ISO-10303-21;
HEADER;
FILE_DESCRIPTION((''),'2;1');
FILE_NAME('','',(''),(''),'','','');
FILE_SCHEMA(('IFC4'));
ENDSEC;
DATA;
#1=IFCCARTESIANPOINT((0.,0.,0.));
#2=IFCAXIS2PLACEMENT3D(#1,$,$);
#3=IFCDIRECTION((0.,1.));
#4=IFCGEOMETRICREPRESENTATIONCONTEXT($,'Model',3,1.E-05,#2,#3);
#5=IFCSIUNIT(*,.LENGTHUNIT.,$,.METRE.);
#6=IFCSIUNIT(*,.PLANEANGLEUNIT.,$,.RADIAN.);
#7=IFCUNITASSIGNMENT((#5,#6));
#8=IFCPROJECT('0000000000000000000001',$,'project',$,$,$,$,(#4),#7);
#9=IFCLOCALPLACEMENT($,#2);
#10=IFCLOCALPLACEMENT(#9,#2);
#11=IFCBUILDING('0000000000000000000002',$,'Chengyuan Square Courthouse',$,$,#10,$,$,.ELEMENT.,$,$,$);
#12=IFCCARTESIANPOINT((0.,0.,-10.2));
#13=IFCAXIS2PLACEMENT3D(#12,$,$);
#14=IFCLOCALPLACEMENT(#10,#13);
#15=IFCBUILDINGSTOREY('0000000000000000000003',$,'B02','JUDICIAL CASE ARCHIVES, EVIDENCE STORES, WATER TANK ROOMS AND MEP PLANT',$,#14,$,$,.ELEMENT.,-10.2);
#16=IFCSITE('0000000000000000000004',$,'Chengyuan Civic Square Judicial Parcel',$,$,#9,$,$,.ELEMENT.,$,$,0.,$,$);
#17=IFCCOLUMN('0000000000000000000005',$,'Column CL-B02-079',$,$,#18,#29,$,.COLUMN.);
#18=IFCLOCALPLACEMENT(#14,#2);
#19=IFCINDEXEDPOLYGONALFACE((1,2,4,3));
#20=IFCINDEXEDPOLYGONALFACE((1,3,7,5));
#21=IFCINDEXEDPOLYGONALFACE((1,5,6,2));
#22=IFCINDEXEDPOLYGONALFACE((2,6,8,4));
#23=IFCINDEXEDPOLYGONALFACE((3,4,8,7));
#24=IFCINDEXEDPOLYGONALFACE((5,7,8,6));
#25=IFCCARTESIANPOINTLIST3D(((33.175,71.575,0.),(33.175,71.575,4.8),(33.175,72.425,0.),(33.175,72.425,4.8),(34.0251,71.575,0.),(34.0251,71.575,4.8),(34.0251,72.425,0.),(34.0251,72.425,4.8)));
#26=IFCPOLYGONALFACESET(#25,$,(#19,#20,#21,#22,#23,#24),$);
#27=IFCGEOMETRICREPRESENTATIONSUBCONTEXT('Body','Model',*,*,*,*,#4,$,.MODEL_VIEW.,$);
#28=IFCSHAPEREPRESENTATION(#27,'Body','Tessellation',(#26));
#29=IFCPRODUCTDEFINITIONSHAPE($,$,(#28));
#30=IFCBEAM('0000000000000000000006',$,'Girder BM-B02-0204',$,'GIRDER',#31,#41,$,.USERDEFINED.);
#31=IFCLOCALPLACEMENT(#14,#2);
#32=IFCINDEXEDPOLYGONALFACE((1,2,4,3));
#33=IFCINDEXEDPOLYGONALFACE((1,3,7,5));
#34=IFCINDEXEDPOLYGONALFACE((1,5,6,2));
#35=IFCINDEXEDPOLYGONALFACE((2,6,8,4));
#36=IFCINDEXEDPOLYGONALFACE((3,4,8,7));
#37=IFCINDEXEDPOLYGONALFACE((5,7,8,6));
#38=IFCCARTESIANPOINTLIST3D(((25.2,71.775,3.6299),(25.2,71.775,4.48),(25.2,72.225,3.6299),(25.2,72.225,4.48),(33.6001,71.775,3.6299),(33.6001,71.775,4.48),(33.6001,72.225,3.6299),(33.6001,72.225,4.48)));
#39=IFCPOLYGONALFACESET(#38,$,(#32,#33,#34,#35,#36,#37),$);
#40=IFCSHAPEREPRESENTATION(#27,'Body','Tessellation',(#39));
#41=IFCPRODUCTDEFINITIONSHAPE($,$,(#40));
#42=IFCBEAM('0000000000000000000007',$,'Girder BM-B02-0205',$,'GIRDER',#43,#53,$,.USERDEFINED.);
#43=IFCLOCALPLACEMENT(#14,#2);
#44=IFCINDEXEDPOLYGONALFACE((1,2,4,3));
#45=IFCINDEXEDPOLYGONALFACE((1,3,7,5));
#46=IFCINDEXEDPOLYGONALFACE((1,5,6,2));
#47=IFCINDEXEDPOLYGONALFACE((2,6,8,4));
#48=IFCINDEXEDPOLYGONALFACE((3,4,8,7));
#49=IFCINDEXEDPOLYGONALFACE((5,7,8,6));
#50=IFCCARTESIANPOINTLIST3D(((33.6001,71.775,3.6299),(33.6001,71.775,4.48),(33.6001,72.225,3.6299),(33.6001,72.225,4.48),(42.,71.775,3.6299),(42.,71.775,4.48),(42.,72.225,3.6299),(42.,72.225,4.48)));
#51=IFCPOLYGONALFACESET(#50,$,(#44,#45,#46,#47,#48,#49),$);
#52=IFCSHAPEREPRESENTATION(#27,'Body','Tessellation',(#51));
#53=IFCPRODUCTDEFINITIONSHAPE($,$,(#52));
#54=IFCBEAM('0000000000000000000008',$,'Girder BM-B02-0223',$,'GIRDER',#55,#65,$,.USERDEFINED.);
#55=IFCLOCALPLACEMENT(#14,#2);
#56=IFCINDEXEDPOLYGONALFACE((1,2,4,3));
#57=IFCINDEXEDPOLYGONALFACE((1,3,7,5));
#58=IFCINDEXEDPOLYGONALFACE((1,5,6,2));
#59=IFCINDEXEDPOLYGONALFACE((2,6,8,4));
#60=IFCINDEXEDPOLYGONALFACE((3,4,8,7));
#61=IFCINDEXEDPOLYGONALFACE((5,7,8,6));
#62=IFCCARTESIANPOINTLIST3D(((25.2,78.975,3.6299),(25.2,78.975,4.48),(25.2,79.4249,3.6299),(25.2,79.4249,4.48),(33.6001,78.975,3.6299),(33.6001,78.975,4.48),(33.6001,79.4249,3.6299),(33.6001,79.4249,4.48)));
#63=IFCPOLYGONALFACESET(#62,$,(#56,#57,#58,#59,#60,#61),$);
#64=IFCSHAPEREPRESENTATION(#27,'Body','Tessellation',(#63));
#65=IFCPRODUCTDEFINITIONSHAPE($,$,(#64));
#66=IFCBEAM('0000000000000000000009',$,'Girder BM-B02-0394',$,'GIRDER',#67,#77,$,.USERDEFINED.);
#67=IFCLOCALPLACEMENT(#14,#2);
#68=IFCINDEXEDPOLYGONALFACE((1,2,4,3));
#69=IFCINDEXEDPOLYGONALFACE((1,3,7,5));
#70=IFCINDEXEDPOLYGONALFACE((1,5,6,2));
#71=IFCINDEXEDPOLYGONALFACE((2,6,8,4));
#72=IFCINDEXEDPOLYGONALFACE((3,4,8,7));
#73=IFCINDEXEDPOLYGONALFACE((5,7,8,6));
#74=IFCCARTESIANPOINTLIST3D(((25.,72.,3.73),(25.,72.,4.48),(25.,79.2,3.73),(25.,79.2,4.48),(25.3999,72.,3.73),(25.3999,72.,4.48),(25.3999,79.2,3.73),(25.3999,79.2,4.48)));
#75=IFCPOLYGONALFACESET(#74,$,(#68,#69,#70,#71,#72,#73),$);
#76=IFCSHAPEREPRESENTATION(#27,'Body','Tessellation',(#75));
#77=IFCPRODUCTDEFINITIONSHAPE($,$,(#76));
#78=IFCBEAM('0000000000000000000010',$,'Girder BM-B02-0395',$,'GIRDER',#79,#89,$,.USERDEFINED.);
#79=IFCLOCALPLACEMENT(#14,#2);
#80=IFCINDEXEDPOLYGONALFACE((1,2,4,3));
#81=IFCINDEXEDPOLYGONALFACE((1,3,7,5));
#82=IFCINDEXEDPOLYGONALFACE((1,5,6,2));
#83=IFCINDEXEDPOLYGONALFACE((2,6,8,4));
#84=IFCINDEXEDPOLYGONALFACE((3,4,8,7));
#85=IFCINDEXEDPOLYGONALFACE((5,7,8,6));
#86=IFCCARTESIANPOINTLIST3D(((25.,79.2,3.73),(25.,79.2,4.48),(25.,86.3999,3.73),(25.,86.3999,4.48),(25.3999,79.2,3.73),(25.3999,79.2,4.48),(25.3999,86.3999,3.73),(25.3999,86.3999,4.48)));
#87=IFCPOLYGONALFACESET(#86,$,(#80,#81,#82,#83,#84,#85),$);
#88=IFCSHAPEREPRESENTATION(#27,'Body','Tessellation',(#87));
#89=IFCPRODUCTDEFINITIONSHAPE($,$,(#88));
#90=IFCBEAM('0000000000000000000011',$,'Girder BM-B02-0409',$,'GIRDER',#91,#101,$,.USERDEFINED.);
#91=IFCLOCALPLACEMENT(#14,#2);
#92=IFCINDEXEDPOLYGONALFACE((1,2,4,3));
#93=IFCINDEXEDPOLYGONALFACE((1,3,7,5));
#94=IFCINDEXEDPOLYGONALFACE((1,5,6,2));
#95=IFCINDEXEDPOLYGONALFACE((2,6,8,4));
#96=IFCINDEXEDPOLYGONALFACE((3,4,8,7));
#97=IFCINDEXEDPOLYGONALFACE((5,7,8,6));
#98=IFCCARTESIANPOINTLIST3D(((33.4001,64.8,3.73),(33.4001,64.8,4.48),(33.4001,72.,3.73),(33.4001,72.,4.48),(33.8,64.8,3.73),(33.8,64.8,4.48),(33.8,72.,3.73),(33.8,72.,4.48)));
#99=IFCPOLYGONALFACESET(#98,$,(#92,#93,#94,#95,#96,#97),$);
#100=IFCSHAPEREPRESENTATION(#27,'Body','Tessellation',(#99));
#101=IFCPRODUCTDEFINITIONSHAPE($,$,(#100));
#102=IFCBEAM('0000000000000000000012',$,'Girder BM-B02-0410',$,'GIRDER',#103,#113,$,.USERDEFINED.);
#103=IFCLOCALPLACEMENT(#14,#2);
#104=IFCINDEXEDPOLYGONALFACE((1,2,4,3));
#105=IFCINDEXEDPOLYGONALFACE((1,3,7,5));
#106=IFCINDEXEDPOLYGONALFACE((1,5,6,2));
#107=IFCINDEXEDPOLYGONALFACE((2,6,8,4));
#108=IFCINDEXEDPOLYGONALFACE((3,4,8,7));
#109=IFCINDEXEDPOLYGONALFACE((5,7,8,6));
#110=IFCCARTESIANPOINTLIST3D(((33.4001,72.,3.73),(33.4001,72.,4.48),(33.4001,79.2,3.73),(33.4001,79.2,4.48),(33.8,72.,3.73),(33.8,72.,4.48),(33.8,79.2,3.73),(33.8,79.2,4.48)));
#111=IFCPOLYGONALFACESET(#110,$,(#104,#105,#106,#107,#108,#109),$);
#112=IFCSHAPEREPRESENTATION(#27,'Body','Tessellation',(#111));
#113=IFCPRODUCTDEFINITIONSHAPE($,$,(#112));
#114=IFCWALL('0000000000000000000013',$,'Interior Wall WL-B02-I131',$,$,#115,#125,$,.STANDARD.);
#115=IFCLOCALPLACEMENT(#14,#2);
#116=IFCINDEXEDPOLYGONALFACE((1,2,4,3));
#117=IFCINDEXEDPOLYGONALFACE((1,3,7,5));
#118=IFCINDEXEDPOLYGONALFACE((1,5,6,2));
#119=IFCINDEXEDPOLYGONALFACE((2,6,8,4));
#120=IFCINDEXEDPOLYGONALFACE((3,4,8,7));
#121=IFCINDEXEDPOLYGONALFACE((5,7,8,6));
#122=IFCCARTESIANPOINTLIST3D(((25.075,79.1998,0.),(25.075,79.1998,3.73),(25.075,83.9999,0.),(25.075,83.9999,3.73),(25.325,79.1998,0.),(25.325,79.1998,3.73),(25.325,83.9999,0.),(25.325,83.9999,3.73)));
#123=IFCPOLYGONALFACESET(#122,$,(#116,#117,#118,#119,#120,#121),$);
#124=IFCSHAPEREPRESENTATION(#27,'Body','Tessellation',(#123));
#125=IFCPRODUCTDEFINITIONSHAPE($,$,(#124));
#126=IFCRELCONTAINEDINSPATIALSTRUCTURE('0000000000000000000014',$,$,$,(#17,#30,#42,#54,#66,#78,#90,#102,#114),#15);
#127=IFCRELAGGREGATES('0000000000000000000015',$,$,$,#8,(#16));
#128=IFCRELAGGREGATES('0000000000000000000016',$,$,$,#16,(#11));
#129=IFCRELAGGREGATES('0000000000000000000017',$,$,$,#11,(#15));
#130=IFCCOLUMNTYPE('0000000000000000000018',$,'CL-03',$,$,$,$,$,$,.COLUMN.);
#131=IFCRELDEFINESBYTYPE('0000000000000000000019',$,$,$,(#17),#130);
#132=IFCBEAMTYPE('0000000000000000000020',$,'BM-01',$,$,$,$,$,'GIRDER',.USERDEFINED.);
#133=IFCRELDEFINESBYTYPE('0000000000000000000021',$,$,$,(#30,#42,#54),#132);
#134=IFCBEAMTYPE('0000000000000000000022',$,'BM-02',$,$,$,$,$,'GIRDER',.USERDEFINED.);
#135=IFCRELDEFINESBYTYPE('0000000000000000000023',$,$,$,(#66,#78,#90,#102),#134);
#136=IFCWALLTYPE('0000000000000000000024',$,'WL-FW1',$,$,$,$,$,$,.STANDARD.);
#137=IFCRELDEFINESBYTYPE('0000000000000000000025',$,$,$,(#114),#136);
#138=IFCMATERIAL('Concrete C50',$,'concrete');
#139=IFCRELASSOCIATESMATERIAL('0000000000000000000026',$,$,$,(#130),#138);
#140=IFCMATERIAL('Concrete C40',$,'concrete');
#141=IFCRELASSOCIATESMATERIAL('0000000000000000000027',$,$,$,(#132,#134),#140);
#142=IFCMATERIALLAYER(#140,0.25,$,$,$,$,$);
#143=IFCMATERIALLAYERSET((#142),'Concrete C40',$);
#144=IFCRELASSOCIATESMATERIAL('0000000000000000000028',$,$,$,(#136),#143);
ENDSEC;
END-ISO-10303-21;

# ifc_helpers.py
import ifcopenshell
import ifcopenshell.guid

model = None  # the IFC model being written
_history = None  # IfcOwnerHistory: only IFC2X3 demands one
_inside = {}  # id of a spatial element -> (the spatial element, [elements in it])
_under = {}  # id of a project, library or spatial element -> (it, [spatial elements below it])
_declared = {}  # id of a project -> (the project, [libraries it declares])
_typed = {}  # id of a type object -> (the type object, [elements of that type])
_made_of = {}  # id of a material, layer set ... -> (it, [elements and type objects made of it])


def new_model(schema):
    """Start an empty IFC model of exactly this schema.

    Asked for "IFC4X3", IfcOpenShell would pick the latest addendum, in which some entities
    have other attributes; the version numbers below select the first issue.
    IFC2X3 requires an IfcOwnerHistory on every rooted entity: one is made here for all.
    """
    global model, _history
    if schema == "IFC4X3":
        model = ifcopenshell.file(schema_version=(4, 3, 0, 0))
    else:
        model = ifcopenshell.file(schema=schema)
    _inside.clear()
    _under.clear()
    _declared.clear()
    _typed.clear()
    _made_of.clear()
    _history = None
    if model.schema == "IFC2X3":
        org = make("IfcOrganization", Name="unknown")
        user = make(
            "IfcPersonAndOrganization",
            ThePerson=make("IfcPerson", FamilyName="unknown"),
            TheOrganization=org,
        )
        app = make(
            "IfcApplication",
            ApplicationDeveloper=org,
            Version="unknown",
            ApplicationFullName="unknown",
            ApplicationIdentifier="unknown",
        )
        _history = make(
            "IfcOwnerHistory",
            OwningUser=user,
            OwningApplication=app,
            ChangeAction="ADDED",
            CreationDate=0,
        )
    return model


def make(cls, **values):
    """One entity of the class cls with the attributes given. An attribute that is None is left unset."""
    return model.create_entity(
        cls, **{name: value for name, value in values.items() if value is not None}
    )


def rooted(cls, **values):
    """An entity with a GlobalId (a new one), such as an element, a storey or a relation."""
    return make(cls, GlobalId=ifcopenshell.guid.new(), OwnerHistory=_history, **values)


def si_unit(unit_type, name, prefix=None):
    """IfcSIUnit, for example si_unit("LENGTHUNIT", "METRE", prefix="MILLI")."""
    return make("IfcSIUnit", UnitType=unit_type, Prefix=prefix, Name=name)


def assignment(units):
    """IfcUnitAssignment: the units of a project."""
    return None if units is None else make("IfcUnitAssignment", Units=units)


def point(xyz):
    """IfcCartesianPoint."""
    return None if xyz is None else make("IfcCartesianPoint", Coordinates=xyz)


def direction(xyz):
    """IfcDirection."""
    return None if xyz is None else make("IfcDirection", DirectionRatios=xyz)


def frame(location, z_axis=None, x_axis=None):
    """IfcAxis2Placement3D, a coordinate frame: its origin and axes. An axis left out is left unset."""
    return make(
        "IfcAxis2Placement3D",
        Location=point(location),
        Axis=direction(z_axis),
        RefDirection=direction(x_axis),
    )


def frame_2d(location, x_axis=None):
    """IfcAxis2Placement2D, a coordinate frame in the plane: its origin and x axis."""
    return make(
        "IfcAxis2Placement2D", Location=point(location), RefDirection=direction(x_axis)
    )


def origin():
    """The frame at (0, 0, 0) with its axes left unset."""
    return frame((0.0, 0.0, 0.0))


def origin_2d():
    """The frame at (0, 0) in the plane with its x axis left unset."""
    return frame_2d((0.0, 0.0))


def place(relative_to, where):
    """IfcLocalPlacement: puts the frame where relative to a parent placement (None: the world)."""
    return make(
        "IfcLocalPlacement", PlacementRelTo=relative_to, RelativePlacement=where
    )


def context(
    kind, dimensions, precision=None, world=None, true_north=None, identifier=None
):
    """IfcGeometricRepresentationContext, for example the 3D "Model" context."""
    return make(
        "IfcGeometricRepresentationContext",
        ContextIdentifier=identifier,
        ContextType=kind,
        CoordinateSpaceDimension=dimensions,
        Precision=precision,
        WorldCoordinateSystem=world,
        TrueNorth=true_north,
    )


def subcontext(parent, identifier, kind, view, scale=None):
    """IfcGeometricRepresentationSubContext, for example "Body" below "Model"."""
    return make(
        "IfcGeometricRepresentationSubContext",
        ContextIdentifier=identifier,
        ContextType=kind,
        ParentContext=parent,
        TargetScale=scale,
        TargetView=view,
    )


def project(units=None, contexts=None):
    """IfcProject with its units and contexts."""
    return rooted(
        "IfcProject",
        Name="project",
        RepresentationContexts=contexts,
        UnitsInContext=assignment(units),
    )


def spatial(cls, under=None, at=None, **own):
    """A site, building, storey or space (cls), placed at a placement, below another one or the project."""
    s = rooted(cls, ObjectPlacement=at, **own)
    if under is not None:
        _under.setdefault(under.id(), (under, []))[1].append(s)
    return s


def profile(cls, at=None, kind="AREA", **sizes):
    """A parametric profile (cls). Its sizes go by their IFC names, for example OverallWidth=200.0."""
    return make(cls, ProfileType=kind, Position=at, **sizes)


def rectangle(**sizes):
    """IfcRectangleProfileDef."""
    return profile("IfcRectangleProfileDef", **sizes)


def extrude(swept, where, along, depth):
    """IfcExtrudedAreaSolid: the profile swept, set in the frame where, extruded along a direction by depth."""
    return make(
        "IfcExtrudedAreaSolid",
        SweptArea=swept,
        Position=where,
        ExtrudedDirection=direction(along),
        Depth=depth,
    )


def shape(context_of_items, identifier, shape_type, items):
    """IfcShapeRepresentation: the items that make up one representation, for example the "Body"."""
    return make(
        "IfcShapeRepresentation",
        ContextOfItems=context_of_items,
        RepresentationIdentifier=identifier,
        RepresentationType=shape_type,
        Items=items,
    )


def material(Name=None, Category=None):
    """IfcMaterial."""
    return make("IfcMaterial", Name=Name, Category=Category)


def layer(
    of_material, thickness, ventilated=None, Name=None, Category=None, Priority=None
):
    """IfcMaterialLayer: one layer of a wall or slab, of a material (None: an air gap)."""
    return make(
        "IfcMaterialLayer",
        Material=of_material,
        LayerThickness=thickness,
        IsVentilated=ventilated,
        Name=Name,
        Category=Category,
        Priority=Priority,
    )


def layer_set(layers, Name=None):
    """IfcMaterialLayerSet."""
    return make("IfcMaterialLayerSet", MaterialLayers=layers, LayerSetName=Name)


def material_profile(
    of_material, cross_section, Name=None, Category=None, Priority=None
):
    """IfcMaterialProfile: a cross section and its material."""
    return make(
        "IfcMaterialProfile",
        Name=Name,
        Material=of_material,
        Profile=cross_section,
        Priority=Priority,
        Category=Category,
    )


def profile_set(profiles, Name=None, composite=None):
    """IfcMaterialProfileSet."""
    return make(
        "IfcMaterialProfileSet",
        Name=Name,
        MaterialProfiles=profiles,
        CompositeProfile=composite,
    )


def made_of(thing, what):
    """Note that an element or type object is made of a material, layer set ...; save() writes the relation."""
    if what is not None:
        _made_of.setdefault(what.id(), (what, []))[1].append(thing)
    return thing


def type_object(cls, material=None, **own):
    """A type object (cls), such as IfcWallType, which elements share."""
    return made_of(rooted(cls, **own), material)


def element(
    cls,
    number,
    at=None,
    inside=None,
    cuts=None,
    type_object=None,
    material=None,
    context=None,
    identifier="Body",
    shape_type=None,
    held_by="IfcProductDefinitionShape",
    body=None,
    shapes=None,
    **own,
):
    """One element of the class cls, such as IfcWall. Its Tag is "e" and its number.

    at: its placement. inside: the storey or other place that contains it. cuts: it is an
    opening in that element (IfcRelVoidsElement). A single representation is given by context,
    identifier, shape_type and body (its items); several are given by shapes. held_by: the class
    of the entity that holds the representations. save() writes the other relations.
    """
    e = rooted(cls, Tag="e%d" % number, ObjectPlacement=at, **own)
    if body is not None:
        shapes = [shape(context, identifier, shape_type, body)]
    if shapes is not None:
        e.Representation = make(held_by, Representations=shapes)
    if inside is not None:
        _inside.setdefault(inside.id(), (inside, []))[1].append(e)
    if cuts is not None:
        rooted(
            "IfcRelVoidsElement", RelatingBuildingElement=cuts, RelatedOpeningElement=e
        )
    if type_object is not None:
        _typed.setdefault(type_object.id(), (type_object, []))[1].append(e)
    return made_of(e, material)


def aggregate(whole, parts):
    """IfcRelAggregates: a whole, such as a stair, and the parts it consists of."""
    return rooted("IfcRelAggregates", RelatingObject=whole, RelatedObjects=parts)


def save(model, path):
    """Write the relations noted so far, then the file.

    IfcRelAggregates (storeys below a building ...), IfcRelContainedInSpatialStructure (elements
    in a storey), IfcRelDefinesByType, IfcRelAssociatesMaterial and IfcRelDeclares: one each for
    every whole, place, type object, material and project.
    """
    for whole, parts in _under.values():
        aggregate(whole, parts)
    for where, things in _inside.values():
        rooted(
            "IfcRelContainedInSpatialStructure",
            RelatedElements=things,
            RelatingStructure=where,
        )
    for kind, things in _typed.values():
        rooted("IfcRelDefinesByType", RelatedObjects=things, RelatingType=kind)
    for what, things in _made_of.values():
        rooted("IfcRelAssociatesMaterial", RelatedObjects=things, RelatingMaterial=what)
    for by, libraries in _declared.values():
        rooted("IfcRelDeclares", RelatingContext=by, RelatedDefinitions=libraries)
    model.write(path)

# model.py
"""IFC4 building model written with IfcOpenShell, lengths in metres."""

from ifc_helpers import new_model, si_unit, direction, frame, frame_2d, origin, origin_2d, place, context, subcontext, project, spatial, rectangle, extrude, material, layer, layer_set, material_profile, profile_set, type_object, element, save


model = new_model("IFC4")

# Units and contexts
model_context = context("Model", 3, precision=1e-05, world=origin(), true_north=direction((0.0, 1.0)))
body_context = subcontext(model_context, "Body", "Model", "MODEL_VIEW")
ifc_project = project(units=[si_unit("LENGTHUNIT", "METRE"), si_unit("PLANEANGLEUNIT", "RADIAN")], contexts=[model_context])

# Site, building, storey
site_placement = place(None, origin())
site = spatial("IfcSite", under=ifc_project, at=site_placement, Name="Chengyuan Civic Square Judicial Parcel", CompositionType="ELEMENT", RefElevation=0.0)
building_placement = place(site_placement, origin())
building = spatial("IfcBuilding", under=site, at=building_placement, Name="Chengyuan Square Courthouse", CompositionType="ELEMENT")
storey_placement = place(building_placement, frame((0.0, 0.0, -10.2)))
storey = spatial("IfcBuildingStorey", under=building, at=storey_placement, Name="B02", Description="JUDICIAL CASE ARCHIVES, EVIDENCE STORES, WATER TANK ROOMS AND MEP PLANT", CompositionType="ELEMENT", Elevation=-10.2)

# Shared definitions
ifc_material_1 = material(Name="Concrete C40", Category="concrete")

# Column
ifc_material_2 = material(Name="Concrete C50", Category="concrete")
ifc_material_profile_1 = material_profile(ifc_material_2, rectangle(XDim=0.8501, YDim=0.8501, at=origin_2d()), Name="RC-COL-850x850")
ifc_profile_set_1 = profile_set([ifc_material_profile_1], Name="Concrete C50")
column_type_1 = type_object("IfcColumnType", Name="CL-03", PredefinedType="COLUMN", material=ifc_profile_set_1)
for number, where, z_axis, x_axis, name in (
    (1, (33.6001, 72.0, 0.0), (0.0, 0.0, 1.0), (1.0, 0.0, 0.0), "Column CL-B02-079"),
):
    element("IfcColumn", number, at=place(storey_placement, frame(where, z_axis=z_axis, x_axis=x_axis)), inside=storey, type_object=column_type_1, Name=name, PredefinedType="COLUMN", context=body_context, shape_type="SweptSolid", body=[
        extrude(rectangle(XDim=0.8501, YDim=0.8501, at=origin_2d()), origin(), (0.0, 0.0, 1.0), 4.8),
    ])

# Beams
ifc_material_profile_2 = material_profile(ifc_material_1, rectangle(XDim=0.45, YDim=0.8501, at=origin_2d()), Name="RC-BM-450x850")
ifc_profile_set_2 = profile_set([ifc_material_profile_2], Name="Concrete C40")
beam_type_1 = type_object("IfcBeamType", Name="BM-01", ElementType="GIRDER", PredefinedType="USERDEFINED", material=ifc_profile_set_2)
beam_1_placement = place(storey_placement, frame((25.2, 72.0, 4.0549), z_axis=(1.0, 0.0, 0.0), x_axis=(0.0, 1.0, 0.0)))
element("IfcBeam", 2, at=beam_1_placement, inside=storey, type_object=beam_type_1, Name="Girder BM-B02-0204", ObjectType="GIRDER", PredefinedType="USERDEFINED", context=body_context, shape_type="SweptSolid", body=[
    extrude(rectangle(XDim=0.45, YDim=0.8501, at=origin_2d()), origin(), (0.0, 0.0, 1.0), 8.4001),
])
beam_2_placement = place(storey_placement, frame((33.6001, 72.0, 4.0549), z_axis=(1.0, 0.0, 0.0), x_axis=(0.0, 1.0, 0.0)))
element("IfcBeam", 3, at=beam_2_placement, inside=storey, type_object=beam_type_1, Name="Girder BM-B02-0205", ObjectType="GIRDER", PredefinedType="USERDEFINED", context=body_context, shape_type="SweptSolid", body=[
    extrude(rectangle(XDim=0.45, YDim=0.8501, at=origin_2d()), origin(), (0.0, 0.0, 1.0), 8.3999),
])
beam_3_placement = place(storey_placement, frame((25.2, 79.2, 4.0549), z_axis=(1.0, 0.0, 0.0), x_axis=(0.0, 1.0, 0.0)))
element("IfcBeam", 4, at=beam_3_placement, inside=storey, type_object=beam_type_1, Name="Girder BM-B02-0223", ObjectType="GIRDER", PredefinedType="USERDEFINED", context=body_context, shape_type="SweptSolid", body=[
    extrude(rectangle(XDim=0.45, YDim=0.8501, at=origin_2d()), origin(), (0.0, 0.0, 1.0), 8.4001),
])
ifc_material_profile_3 = material_profile(ifc_material_1, rectangle(XDim=0.3999, YDim=0.75, at=origin_2d()), Name="RC-BM-400x750")
ifc_profile_set_3 = profile_set([ifc_material_profile_3], Name="Concrete C40")
beam_type_2 = type_object("IfcBeamType", Name="BM-02", ElementType="GIRDER", PredefinedType="USERDEFINED", material=ifc_profile_set_3)
for number, where, z_axis, x_axis, name in (
    (5, (25.2, 72.0, 4.105), (0.0, 1.0, 0.0), (-1.0, 0.0, 0.0), "Girder BM-B02-0394"),
    (6, (25.2, 79.2, 4.105), (0.0, 1.0, 0.0), (-1.0, 0.0, 0.0), "Girder BM-B02-0395"),
    (7, (33.6001, 64.8, 4.105), (0.0, 1.0, 0.0), (-1.0, 0.0, 0.0), "Girder BM-B02-0409"),
    (8, (33.6001, 72.0, 4.105), (0.0, 1.0, 0.0), (-1.0, 0.0, 0.0), "Girder BM-B02-0410"),
):
    element("IfcBeam", number, at=place(storey_placement, frame(where, z_axis=z_axis, x_axis=x_axis)), inside=storey, type_object=beam_type_2, Name=name, ObjectType="GIRDER", PredefinedType="USERDEFINED", context=body_context, shape_type="SweptSolid", body=[
        extrude(rectangle(XDim=0.3999, YDim=0.75, at=origin_2d()), origin(), (0.0, 0.0, 1.0), 7.2),
    ])

# Wall
ifc_layer = layer(ifc_material_1, 0.25)
ifc_layer_set = layer_set([ifc_layer], Name="Concrete C40")
wall_type = type_object("IfcWallType", Name="WL-FW1", PredefinedType="STANDARD", material=ifc_layer_set)
wall_placement = place(storey_placement, frame((25.2, 79.2, 0.0), z_axis=(0.0, 0.0, 1.0), x_axis=(0.0, 1.0, 0.0)))
element("IfcWall", 9, at=wall_placement, inside=storey, type_object=wall_type, Name="Interior Wall WL-B02-I131", PredefinedType="STANDARD", context=body_context, shape_type="SweptSolid", body=[
    extrude(rectangle(XDim=4.8, YDim=0.25, at=frame_2d((2.3999, 0.0))), origin(), (0.0, 0.0, 1.0), 3.73),
])

save(model, "model.ifc")
